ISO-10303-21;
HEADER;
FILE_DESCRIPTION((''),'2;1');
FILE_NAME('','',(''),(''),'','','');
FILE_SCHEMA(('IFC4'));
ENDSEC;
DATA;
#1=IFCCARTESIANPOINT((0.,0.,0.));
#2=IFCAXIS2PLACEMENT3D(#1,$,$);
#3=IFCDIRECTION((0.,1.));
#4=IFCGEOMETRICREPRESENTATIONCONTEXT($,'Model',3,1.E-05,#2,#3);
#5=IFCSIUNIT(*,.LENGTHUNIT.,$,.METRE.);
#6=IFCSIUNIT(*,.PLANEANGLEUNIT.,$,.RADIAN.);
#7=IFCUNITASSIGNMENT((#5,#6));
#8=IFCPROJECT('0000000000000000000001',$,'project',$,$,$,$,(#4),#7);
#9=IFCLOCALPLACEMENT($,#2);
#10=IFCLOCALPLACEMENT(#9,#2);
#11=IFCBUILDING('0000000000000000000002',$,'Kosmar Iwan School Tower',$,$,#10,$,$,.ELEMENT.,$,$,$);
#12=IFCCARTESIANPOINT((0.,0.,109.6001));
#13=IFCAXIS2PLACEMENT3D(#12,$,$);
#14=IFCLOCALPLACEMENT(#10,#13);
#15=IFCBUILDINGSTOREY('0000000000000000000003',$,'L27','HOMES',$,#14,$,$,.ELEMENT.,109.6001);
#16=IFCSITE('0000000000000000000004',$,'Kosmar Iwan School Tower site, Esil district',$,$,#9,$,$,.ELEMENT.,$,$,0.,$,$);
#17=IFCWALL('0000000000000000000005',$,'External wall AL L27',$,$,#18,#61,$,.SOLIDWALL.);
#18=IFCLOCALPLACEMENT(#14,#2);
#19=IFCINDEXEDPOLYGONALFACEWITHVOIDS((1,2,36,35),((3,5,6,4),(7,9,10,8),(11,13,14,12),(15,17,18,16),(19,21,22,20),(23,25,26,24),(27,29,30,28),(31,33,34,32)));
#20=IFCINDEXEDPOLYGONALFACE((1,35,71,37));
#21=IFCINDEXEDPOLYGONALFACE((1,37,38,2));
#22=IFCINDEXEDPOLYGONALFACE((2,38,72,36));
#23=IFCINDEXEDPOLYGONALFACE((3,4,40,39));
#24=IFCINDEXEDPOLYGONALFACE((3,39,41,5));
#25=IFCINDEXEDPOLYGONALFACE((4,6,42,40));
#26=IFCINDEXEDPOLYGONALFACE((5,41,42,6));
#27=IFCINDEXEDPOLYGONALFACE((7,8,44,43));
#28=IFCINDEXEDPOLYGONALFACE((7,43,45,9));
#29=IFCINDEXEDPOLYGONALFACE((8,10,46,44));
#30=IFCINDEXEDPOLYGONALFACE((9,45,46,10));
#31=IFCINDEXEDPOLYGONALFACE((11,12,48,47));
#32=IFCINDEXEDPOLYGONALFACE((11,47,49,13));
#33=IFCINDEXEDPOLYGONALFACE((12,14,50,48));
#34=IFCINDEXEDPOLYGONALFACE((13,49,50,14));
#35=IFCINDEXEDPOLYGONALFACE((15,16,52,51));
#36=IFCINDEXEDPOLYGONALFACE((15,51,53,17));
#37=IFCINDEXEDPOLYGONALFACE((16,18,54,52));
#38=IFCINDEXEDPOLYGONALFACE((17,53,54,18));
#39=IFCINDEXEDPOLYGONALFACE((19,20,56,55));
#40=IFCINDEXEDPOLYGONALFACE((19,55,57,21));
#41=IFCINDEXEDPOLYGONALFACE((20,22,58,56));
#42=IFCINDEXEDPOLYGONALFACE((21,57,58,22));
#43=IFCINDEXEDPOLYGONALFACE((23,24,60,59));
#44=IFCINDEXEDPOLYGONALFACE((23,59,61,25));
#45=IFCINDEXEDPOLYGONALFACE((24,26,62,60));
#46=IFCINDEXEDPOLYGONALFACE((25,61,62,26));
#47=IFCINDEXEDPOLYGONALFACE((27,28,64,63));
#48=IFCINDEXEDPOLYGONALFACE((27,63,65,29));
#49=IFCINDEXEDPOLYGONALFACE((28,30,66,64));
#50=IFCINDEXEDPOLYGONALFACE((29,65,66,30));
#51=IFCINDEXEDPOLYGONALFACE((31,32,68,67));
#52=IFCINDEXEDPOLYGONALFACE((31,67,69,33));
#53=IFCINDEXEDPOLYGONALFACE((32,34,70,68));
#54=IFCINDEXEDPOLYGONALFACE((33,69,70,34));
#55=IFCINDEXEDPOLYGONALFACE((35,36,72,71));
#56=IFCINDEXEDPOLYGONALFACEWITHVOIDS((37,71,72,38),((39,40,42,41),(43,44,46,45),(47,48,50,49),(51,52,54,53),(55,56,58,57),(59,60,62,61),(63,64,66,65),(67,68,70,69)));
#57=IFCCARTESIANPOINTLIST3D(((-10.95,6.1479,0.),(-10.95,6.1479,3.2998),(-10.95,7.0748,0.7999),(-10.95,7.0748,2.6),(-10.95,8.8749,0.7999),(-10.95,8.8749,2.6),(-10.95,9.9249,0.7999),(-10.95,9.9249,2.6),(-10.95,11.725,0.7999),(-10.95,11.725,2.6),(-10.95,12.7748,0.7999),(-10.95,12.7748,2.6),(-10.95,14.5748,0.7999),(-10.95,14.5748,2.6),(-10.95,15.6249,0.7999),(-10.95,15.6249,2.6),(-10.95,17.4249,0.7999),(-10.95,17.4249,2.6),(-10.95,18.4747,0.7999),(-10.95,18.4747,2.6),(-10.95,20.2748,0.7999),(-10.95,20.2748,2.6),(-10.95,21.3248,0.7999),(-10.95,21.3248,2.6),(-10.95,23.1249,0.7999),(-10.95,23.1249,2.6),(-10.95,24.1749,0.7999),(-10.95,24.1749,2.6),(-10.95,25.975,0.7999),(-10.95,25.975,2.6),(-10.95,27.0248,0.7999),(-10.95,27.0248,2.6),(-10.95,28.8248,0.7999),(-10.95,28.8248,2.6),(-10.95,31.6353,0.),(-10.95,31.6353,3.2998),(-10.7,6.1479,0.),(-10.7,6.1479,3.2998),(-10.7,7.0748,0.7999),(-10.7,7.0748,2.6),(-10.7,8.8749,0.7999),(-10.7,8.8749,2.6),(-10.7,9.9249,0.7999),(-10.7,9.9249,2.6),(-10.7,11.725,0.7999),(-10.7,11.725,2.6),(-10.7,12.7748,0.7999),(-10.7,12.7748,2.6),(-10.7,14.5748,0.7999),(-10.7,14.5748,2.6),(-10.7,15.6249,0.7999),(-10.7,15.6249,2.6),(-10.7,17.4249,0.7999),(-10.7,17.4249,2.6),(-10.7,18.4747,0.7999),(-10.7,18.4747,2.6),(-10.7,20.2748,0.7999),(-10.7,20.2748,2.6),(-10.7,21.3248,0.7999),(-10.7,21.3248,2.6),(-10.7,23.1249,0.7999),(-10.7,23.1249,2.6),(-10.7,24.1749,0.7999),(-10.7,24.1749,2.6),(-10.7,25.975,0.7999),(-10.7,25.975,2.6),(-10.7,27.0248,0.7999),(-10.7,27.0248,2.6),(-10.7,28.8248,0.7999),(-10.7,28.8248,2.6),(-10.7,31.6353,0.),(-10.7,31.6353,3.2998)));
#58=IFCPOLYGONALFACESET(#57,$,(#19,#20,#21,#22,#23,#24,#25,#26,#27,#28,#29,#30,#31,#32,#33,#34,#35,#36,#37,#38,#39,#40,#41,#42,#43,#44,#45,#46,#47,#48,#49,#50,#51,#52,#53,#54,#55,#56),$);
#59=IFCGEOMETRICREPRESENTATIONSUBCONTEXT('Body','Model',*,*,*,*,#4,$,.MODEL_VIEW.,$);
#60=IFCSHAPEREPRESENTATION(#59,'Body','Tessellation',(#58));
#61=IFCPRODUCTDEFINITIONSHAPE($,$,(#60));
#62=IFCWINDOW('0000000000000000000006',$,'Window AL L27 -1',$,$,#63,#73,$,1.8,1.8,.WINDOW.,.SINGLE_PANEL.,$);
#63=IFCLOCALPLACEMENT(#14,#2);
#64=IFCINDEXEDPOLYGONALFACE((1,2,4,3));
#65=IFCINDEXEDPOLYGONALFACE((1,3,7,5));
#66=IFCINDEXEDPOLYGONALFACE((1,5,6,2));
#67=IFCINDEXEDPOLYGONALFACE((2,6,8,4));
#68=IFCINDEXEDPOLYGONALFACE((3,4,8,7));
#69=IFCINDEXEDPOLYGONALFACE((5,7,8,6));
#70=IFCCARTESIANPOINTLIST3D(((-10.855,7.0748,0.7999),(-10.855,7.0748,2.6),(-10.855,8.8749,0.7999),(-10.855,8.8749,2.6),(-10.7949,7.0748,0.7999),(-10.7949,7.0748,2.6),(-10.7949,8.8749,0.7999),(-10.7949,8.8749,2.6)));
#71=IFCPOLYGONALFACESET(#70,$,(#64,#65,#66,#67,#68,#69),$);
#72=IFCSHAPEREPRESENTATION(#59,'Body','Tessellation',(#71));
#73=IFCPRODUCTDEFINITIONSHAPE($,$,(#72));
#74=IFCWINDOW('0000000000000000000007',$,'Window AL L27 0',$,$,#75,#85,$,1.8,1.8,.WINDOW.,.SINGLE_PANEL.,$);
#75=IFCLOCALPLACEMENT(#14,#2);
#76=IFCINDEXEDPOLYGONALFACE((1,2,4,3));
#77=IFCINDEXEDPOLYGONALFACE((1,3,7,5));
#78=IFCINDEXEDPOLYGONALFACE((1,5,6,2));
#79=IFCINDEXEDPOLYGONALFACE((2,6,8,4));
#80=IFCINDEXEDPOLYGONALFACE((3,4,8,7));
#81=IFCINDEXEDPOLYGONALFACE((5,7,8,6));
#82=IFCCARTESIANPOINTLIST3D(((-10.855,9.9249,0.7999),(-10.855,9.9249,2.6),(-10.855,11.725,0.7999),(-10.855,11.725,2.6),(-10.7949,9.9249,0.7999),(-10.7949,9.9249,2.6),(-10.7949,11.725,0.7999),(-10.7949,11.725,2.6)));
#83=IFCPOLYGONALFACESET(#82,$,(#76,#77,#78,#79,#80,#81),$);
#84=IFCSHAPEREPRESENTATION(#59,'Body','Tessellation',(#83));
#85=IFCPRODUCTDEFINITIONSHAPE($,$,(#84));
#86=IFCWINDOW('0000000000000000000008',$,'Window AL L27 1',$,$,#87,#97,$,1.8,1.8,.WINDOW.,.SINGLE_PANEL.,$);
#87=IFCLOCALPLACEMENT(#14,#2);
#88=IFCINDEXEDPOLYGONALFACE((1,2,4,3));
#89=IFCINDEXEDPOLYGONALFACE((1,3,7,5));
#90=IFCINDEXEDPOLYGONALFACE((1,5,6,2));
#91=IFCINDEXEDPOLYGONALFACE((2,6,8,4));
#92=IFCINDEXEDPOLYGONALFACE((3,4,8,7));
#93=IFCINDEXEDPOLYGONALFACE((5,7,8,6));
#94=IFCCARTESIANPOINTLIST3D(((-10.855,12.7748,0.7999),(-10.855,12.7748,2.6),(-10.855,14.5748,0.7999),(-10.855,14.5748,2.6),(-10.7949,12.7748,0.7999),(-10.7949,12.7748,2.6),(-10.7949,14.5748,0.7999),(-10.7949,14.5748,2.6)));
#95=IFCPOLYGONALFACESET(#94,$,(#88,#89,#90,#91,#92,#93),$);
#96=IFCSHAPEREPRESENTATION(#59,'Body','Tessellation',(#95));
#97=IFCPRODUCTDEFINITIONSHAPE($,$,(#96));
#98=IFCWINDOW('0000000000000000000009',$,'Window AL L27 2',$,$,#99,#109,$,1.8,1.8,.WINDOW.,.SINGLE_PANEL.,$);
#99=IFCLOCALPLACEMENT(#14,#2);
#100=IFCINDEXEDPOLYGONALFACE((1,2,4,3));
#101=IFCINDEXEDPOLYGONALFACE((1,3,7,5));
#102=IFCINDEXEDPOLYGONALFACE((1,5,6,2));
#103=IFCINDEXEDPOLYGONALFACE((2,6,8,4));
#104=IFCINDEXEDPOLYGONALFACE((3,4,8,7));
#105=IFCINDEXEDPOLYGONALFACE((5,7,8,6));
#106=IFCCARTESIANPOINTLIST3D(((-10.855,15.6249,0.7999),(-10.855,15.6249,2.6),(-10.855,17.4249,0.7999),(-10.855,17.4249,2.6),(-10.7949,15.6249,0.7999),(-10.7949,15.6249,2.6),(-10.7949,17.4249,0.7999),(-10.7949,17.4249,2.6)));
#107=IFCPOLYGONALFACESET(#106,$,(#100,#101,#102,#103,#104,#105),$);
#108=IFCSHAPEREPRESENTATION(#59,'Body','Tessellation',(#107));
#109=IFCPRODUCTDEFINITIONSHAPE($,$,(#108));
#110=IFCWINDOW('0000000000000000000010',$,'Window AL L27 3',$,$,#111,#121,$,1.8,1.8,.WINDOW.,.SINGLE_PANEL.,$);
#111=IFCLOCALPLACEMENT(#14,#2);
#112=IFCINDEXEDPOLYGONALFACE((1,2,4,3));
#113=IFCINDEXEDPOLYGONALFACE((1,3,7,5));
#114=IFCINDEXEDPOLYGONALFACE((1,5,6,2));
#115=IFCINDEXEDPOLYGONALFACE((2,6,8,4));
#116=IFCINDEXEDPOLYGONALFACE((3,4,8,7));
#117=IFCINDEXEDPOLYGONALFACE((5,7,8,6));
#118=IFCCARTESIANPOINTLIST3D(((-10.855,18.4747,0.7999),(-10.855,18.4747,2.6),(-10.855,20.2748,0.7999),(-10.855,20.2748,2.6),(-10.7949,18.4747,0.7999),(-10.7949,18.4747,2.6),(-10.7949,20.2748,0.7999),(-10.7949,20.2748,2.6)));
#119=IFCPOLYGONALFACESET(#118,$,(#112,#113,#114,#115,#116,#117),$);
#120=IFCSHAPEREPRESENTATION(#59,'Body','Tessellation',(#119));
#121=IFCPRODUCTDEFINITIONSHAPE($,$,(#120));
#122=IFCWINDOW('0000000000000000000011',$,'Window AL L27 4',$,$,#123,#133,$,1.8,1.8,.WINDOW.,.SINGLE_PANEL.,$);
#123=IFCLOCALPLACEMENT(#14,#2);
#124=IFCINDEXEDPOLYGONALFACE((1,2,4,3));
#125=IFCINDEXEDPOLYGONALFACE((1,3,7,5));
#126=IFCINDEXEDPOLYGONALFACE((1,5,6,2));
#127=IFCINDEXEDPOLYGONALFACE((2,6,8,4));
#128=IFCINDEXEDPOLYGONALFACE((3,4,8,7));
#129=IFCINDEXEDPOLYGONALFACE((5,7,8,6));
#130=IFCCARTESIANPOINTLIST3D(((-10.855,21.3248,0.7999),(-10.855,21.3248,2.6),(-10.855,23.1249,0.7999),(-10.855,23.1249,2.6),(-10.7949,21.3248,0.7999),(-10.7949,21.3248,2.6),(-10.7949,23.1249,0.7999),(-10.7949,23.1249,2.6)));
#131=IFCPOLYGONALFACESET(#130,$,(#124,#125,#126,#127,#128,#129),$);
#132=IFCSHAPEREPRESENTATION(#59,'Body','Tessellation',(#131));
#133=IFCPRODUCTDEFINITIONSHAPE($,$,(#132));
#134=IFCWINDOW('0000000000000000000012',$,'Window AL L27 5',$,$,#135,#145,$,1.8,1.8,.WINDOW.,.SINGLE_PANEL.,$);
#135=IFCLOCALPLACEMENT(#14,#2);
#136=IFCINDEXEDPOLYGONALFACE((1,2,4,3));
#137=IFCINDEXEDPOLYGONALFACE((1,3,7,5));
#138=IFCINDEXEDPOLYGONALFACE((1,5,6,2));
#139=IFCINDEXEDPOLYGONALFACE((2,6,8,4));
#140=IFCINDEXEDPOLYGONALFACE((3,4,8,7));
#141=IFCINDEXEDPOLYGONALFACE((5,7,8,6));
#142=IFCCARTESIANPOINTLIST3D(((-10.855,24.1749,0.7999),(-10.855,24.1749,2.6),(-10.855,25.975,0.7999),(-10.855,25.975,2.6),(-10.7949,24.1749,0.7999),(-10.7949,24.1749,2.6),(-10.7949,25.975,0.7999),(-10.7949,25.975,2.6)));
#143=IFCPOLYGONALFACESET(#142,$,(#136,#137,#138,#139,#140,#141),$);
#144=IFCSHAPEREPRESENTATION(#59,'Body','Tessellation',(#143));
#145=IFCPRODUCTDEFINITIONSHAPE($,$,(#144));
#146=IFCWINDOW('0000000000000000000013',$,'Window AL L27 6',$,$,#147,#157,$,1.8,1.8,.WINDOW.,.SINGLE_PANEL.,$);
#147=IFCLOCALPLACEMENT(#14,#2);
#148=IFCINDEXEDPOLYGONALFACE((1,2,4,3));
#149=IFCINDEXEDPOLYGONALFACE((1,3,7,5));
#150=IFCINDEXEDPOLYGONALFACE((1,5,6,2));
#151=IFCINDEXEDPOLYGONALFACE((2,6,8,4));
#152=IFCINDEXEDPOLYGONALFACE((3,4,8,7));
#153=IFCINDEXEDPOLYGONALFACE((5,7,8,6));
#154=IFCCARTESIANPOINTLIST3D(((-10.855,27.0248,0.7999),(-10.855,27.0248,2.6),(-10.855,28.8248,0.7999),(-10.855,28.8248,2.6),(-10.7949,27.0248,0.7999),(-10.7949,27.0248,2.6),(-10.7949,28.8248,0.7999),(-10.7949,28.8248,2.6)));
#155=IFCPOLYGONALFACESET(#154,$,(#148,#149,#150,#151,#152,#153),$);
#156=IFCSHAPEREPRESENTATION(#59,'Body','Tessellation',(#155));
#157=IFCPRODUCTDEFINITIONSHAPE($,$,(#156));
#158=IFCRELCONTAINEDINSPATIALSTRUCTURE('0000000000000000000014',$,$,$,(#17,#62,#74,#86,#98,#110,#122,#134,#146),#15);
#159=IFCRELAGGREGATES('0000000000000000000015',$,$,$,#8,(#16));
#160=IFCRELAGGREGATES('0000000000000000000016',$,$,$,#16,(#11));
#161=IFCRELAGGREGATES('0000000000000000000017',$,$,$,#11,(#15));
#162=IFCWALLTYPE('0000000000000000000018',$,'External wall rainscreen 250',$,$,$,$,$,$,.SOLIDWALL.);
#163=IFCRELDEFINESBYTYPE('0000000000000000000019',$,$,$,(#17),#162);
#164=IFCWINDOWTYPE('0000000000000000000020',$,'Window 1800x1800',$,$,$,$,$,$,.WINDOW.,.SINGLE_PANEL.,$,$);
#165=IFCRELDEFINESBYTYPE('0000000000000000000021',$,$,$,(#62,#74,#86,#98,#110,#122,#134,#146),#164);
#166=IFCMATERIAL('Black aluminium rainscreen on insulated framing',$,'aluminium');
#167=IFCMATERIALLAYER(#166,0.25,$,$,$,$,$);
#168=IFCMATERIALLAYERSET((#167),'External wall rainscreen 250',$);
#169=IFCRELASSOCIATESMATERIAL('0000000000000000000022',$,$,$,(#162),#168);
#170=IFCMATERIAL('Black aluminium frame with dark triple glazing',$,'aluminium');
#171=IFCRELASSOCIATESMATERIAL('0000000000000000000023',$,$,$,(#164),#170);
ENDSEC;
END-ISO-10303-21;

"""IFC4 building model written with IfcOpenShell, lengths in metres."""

from ifc_helpers import new_model, si_unit, direction, frame, frame_2d, origin, place, context, subcontext, project, spatial, rectangle, extrude, material, layer, layer_set, type_object, element, fill, save


model = new_model("IFC4")

# Units and contexts
model_context = context("Model", 3, precision=1e-05, world=origin(), true_north=direction((0.0, 1.0)))
body_context = subcontext(model_context, "Body", "Model", "MODEL_VIEW")
ifc_project = project(units=[si_unit("LENGTHUNIT", "METRE"), si_unit("PLANEANGLEUNIT", "RADIAN")], contexts=[model_context])

# Site, building, storey
site_placement = place(None, origin())
site = spatial("IfcSite", under=ifc_project, at=site_placement, Name="Kosmar Iwan School Tower site, Esil district", CompositionType="ELEMENT", RefElevation=0.0)
building_placement = place(site_placement, origin())
building = spatial("IfcBuilding", under=site, at=building_placement, Name="Kosmar Iwan School Tower", CompositionType="ELEMENT")
storey_placement = place(building_placement, frame((0.0, 0.0, 109.6001)))
storey = spatial("IfcBuildingStorey", under=building, at=storey_placement, Name="L27", Description="HOMES", CompositionType="ELEMENT", Elevation=109.6001)

# Wall, openings, windows
ifc_material_1 = material(Name="Black aluminium rainscreen on insulated framing", Category="aluminium")
ifc_layer = layer(ifc_material_1, 0.25)
ifc_layer_set = layer_set([ifc_layer], Name="External wall rainscreen 250")
wall_type = type_object("IfcWallType", Name="External wall rainscreen 250", PredefinedType="SOLIDWALL", material=ifc_layer_set)
wall_1_placement = place(storey_placement, frame((-10.825, 6.1479, 0.0), z_axis=(0.0, 0.0, 1.0), x_axis=(0.0, 1.0, 0.0)))
wall_1 = element("IfcWall", 1, at=wall_1_placement, inside=storey, type_object=wall_type, Name="External wall AL L27", PredefinedType="SOLIDWALL", context=body_context, shape_type="SweptSolid", body=[
    extrude(rectangle(XDim=25.4873, YDim=0.25, at=frame_2d((12.7437, 0.0))), origin(), (0.0, 0.0, 1.0), 3.2998),
])
opening_1_placement = place(wall_1_placement, frame((0.927, 0.0, 0.8)))
opening_1 = element("IfcOpeningElement", 2, at=opening_1_placement, cuts=wall_1, PredefinedType="OPENING", context=body_context, shape_type="SweptSolid", body=[
    extrude(rectangle(XDim=1.8, YDim=1.8, at=frame_2d((0.8999, 0.8999))), frame((0.0, 0.137, 0.0), z_axis=(0.0, -1.0, 0.0), x_axis=(1.0, 0.0, 0.0)), (0.0, 0.0, 1.0), 0.2739),
])
opening_2_placement = place(wall_1_placement, frame((3.7771, 0.0, 0.8)))
opening_2 = element("IfcOpeningElement", 3, at=opening_2_placement, cuts=wall_1, PredefinedType="OPENING", context=body_context, shape_type="SweptSolid", body=[
    extrude(rectangle(XDim=1.8, YDim=1.8, at=frame_2d((0.8999, 0.8999))), frame((0.0, 0.137, 0.0), z_axis=(0.0, -1.0, 0.0), x_axis=(1.0, 0.0, 0.0)), (0.0, 0.0, 1.0), 0.2739),
])
opening_3_placement = place(wall_1_placement, frame((6.627, 0.0, 0.8)))
opening_3 = element("IfcOpeningElement", 4, at=opening_3_placement, cuts=wall_1, PredefinedType="OPENING", context=body_context, shape_type="SweptSolid", body=[
    extrude(rectangle(XDim=1.8, YDim=1.8, at=frame_2d((0.8999, 0.8999))), frame((0.0, 0.137, 0.0), z_axis=(0.0, -1.0, 0.0), x_axis=(1.0, 0.0, 0.0)), (0.0, 0.0, 1.0), 0.2739),
])
opening_4_placement = place(wall_1_placement, frame((9.4771, 0.0, 0.8)))
opening_4 = element("IfcOpeningElement", 5, at=opening_4_placement, cuts=wall_1, PredefinedType="OPENING", context=body_context, shape_type="SweptSolid", body=[
    extrude(rectangle(XDim=1.8, YDim=1.8, at=frame_2d((0.8999, 0.8999))), frame((0.0, 0.137, 0.0), z_axis=(0.0, -1.0, 0.0), x_axis=(1.0, 0.0, 0.0)), (0.0, 0.0, 1.0), 0.2739),
])
opening_5_placement = place(wall_1_placement, frame((12.3269, 0.0, 0.8)))
opening_5 = element("IfcOpeningElement", 6, at=opening_5_placement, cuts=wall_1, PredefinedType="OPENING", context=body_context, shape_type="SweptSolid", body=[
    extrude(rectangle(XDim=1.8, YDim=1.8, at=frame_2d((0.8999, 0.8999))), frame((0.0, 0.137, 0.0), z_axis=(0.0, -1.0, 0.0), x_axis=(1.0, 0.0, 0.0)), (0.0, 0.0, 1.0), 0.2739),
])
opening_6_placement = place(wall_1_placement, frame((15.177, 0.0, 0.8)))
opening_6 = element("IfcOpeningElement", 7, at=opening_6_placement, cuts=wall_1, PredefinedType="OPENING", context=body_context, shape_type="SweptSolid", body=[
    extrude(rectangle(XDim=1.8, YDim=1.8, at=frame_2d((0.8999, 0.8999))), frame((0.0, 0.137, 0.0), z_axis=(0.0, -1.0, 0.0), x_axis=(1.0, 0.0, 0.0)), (0.0, 0.0, 1.0), 0.2739),
])
opening_7_placement = place(wall_1_placement, frame((18.0271, 0.0, 0.8)))
opening_7 = element("IfcOpeningElement", 8, at=opening_7_placement, cuts=wall_1, PredefinedType="OPENING", context=body_context, shape_type="SweptSolid", body=[
    extrude(rectangle(XDim=1.8, YDim=1.8, at=frame_2d((0.8999, 0.8999))), frame((0.0, 0.137, 0.0), z_axis=(0.0, -1.0, 0.0), x_axis=(1.0, 0.0, 0.0)), (0.0, 0.0, 1.0), 0.2739),
])
opening_8_placement = place(wall_1_placement, frame((20.877, 0.0, 0.8)))
opening_8 = element("IfcOpeningElement", 9, at=opening_8_placement, cuts=wall_1, PredefinedType="OPENING", context=body_context, shape_type="SweptSolid", body=[
    extrude(rectangle(XDim=1.8, YDim=1.8, at=frame_2d((0.8999, 0.8999))), frame((0.0, 0.137, 0.0), z_axis=(0.0, -1.0, 0.0), x_axis=(1.0, 0.0, 0.0)), (0.0, 0.0, 1.0), 0.2739),
])
ifc_material_2 = material(Name="Black aluminium frame with dark triple glazing", Category="aluminium")
window_type = type_object("IfcWindowType", Name="Window 1800x1800", PartitioningType="SINGLE_PANEL", PredefinedType="WINDOW", material=ifc_material_2)
window_1_placement = place(opening_1_placement, origin())
window_1 = element("IfcWindow", 10, at=window_1_placement, inside=storey, type_object=window_type, Name="Window AL L27 -1", OverallHeight=1.8, OverallWidth=1.8, PartitioningType="SINGLE_PANEL", PredefinedType="WINDOW", context=body_context, shape_type="SweptSolid", body=[
    extrude(rectangle(XDim=1.8, YDim=1.8, at=frame_2d((0.8999, 0.8999))), frame((0.0, 0.03, 0.0), z_axis=(0.0, -1.0, 0.0), x_axis=(1.0, 0.0, 0.0)), (0.0, 0.0, 1.0), 0.0601),
])
fill(opening_1, window_1)
window_2_placement = place(opening_2_placement, origin())
window_2 = element("IfcWindow", 11, at=window_2_placement, inside=storey, type_object=window_type, Name="Window AL L27 0", OverallHeight=1.8, OverallWidth=1.8, PartitioningType="SINGLE_PANEL", PredefinedType="WINDOW", context=body_context, shape_type="SweptSolid", body=[
    extrude(rectangle(XDim=1.8, YDim=1.8, at=frame_2d((0.8999, 0.8999))), frame((0.0, 0.03, 0.0), z_axis=(0.0, -1.0, 0.0), x_axis=(1.0, 0.0, 0.0)), (0.0, 0.0, 1.0), 0.0601),
])
fill(opening_2, window_2)
window_3_placement = place(opening_3_placement, origin())
window_3 = element("IfcWindow", 12, at=window_3_placement, inside=storey, type_object=window_type, Name="Window AL L27 1", OverallHeight=1.8, OverallWidth=1.8, PartitioningType="SINGLE_PANEL", PredefinedType="WINDOW", context=body_context, shape_type="SweptSolid", body=[
    extrude(rectangle(XDim=1.8, YDim=1.8, at=frame_2d((0.8999, 0.8999))), frame((0.0, 0.03, 0.0), z_axis=(0.0, -1.0, 0.0), x_axis=(1.0, 0.0, 0.0)), (0.0, 0.0, 1.0), 0.0601),
])
fill(opening_3, window_3)
window_4_placement = place(opening_4_placement, origin())
window_4 = element("IfcWindow", 13, at=window_4_placement, inside=storey, type_object=window_type, Name="Window AL L27 2", OverallHeight=1.8, OverallWidth=1.8, PartitioningType="SINGLE_PANEL", PredefinedType="WINDOW", context=body_context, shape_type="SweptSolid", body=[
    extrude(rectangle(XDim=1.8, YDim=1.8, at=frame_2d((0.8999, 0.8999))), frame((0.0, 0.03, 0.0), z_axis=(0.0, -1.0, 0.0), x_axis=(1.0, 0.0, 0.0)), (0.0, 0.0, 1.0), 0.0601),
])
fill(opening_4, window_4)
window_5_placement = place(opening_5_placement, origin())
window_5 = element("IfcWindow", 14, at=window_5_placement, inside=storey, type_object=window_type, Name="Window AL L27 3", OverallHeight=1.8, OverallWidth=1.8, PartitioningType="SINGLE_PANEL", PredefinedType="WINDOW", context=body_context, shape_type="SweptSolid", body=[
    extrude(rectangle(XDim=1.8, YDim=1.8, at=frame_2d((0.8999, 0.8999))), frame((0.0, 0.03, 0.0), z_axis=(0.0, -1.0, 0.0), x_axis=(1.0, 0.0, 0.0)), (0.0, 0.0, 1.0), 0.0601),
])
fill(opening_5, window_5)
window_6_placement = place(opening_6_placement, origin())
window_6 = element("IfcWindow", 15, at=window_6_placement, inside=storey, type_object=window_type, Name="Window AL L27 4", OverallHeight=1.8, OverallWidth=1.8, PartitioningType="SINGLE_PANEL", PredefinedType="WINDOW", context=body_context, shape_type="SweptSolid", body=[
    extrude(rectangle(XDim=1.8, YDim=1.8, at=frame_2d((0.8999, 0.8999))), frame((0.0, 0.03, 0.0), z_axis=(0.0, -1.0, 0.0), x_axis=(1.0, 0.0, 0.0)), (0.0, 0.0, 1.0), 0.0601),
])
fill(opening_6, window_6)
window_7_placement = place(opening_7_placement, origin())
window_7 = element("IfcWindow", 16, at=window_7_placement, inside=storey, type_object=window_type, Name="Window AL L27 5", OverallHeight=1.8, OverallWidth=1.8, PartitioningType="SINGLE_PANEL", PredefinedType="WINDOW", context=body_context, shape_type="SweptSolid", body=[
    extrude(rectangle(XDim=1.8, YDim=1.8, at=frame_2d((0.8999, 0.8999))), frame((0.0, 0.03, 0.0), z_axis=(0.0, -1.0, 0.0), x_axis=(1.0, 0.0, 0.0)), (0.0, 0.0, 1.0), 0.0601),
])
fill(opening_7, window_7)
window_8_placement = place(opening_8_placement, origin())
window_8 = element("IfcWindow", 17, at=window_8_placement, inside=storey, type_object=window_type, Name="Window AL L27 6", OverallHeight=1.8, OverallWidth=1.8, PartitioningType="SINGLE_PANEL", PredefinedType="WINDOW", context=body_context, shape_type="SweptSolid", body=[
    extrude(rectangle(XDim=1.8, YDim=1.8, at=frame_2d((0.8999, 0.8999))), frame((0.0, 0.03, 0.0), z_axis=(0.0, -1.0, 0.0), x_axis=(1.0, 0.0, 0.0)), (0.0, 0.0, 1.0), 0.0601),
])
fill(opening_8, window_8)

save(model, "model.ifc")
